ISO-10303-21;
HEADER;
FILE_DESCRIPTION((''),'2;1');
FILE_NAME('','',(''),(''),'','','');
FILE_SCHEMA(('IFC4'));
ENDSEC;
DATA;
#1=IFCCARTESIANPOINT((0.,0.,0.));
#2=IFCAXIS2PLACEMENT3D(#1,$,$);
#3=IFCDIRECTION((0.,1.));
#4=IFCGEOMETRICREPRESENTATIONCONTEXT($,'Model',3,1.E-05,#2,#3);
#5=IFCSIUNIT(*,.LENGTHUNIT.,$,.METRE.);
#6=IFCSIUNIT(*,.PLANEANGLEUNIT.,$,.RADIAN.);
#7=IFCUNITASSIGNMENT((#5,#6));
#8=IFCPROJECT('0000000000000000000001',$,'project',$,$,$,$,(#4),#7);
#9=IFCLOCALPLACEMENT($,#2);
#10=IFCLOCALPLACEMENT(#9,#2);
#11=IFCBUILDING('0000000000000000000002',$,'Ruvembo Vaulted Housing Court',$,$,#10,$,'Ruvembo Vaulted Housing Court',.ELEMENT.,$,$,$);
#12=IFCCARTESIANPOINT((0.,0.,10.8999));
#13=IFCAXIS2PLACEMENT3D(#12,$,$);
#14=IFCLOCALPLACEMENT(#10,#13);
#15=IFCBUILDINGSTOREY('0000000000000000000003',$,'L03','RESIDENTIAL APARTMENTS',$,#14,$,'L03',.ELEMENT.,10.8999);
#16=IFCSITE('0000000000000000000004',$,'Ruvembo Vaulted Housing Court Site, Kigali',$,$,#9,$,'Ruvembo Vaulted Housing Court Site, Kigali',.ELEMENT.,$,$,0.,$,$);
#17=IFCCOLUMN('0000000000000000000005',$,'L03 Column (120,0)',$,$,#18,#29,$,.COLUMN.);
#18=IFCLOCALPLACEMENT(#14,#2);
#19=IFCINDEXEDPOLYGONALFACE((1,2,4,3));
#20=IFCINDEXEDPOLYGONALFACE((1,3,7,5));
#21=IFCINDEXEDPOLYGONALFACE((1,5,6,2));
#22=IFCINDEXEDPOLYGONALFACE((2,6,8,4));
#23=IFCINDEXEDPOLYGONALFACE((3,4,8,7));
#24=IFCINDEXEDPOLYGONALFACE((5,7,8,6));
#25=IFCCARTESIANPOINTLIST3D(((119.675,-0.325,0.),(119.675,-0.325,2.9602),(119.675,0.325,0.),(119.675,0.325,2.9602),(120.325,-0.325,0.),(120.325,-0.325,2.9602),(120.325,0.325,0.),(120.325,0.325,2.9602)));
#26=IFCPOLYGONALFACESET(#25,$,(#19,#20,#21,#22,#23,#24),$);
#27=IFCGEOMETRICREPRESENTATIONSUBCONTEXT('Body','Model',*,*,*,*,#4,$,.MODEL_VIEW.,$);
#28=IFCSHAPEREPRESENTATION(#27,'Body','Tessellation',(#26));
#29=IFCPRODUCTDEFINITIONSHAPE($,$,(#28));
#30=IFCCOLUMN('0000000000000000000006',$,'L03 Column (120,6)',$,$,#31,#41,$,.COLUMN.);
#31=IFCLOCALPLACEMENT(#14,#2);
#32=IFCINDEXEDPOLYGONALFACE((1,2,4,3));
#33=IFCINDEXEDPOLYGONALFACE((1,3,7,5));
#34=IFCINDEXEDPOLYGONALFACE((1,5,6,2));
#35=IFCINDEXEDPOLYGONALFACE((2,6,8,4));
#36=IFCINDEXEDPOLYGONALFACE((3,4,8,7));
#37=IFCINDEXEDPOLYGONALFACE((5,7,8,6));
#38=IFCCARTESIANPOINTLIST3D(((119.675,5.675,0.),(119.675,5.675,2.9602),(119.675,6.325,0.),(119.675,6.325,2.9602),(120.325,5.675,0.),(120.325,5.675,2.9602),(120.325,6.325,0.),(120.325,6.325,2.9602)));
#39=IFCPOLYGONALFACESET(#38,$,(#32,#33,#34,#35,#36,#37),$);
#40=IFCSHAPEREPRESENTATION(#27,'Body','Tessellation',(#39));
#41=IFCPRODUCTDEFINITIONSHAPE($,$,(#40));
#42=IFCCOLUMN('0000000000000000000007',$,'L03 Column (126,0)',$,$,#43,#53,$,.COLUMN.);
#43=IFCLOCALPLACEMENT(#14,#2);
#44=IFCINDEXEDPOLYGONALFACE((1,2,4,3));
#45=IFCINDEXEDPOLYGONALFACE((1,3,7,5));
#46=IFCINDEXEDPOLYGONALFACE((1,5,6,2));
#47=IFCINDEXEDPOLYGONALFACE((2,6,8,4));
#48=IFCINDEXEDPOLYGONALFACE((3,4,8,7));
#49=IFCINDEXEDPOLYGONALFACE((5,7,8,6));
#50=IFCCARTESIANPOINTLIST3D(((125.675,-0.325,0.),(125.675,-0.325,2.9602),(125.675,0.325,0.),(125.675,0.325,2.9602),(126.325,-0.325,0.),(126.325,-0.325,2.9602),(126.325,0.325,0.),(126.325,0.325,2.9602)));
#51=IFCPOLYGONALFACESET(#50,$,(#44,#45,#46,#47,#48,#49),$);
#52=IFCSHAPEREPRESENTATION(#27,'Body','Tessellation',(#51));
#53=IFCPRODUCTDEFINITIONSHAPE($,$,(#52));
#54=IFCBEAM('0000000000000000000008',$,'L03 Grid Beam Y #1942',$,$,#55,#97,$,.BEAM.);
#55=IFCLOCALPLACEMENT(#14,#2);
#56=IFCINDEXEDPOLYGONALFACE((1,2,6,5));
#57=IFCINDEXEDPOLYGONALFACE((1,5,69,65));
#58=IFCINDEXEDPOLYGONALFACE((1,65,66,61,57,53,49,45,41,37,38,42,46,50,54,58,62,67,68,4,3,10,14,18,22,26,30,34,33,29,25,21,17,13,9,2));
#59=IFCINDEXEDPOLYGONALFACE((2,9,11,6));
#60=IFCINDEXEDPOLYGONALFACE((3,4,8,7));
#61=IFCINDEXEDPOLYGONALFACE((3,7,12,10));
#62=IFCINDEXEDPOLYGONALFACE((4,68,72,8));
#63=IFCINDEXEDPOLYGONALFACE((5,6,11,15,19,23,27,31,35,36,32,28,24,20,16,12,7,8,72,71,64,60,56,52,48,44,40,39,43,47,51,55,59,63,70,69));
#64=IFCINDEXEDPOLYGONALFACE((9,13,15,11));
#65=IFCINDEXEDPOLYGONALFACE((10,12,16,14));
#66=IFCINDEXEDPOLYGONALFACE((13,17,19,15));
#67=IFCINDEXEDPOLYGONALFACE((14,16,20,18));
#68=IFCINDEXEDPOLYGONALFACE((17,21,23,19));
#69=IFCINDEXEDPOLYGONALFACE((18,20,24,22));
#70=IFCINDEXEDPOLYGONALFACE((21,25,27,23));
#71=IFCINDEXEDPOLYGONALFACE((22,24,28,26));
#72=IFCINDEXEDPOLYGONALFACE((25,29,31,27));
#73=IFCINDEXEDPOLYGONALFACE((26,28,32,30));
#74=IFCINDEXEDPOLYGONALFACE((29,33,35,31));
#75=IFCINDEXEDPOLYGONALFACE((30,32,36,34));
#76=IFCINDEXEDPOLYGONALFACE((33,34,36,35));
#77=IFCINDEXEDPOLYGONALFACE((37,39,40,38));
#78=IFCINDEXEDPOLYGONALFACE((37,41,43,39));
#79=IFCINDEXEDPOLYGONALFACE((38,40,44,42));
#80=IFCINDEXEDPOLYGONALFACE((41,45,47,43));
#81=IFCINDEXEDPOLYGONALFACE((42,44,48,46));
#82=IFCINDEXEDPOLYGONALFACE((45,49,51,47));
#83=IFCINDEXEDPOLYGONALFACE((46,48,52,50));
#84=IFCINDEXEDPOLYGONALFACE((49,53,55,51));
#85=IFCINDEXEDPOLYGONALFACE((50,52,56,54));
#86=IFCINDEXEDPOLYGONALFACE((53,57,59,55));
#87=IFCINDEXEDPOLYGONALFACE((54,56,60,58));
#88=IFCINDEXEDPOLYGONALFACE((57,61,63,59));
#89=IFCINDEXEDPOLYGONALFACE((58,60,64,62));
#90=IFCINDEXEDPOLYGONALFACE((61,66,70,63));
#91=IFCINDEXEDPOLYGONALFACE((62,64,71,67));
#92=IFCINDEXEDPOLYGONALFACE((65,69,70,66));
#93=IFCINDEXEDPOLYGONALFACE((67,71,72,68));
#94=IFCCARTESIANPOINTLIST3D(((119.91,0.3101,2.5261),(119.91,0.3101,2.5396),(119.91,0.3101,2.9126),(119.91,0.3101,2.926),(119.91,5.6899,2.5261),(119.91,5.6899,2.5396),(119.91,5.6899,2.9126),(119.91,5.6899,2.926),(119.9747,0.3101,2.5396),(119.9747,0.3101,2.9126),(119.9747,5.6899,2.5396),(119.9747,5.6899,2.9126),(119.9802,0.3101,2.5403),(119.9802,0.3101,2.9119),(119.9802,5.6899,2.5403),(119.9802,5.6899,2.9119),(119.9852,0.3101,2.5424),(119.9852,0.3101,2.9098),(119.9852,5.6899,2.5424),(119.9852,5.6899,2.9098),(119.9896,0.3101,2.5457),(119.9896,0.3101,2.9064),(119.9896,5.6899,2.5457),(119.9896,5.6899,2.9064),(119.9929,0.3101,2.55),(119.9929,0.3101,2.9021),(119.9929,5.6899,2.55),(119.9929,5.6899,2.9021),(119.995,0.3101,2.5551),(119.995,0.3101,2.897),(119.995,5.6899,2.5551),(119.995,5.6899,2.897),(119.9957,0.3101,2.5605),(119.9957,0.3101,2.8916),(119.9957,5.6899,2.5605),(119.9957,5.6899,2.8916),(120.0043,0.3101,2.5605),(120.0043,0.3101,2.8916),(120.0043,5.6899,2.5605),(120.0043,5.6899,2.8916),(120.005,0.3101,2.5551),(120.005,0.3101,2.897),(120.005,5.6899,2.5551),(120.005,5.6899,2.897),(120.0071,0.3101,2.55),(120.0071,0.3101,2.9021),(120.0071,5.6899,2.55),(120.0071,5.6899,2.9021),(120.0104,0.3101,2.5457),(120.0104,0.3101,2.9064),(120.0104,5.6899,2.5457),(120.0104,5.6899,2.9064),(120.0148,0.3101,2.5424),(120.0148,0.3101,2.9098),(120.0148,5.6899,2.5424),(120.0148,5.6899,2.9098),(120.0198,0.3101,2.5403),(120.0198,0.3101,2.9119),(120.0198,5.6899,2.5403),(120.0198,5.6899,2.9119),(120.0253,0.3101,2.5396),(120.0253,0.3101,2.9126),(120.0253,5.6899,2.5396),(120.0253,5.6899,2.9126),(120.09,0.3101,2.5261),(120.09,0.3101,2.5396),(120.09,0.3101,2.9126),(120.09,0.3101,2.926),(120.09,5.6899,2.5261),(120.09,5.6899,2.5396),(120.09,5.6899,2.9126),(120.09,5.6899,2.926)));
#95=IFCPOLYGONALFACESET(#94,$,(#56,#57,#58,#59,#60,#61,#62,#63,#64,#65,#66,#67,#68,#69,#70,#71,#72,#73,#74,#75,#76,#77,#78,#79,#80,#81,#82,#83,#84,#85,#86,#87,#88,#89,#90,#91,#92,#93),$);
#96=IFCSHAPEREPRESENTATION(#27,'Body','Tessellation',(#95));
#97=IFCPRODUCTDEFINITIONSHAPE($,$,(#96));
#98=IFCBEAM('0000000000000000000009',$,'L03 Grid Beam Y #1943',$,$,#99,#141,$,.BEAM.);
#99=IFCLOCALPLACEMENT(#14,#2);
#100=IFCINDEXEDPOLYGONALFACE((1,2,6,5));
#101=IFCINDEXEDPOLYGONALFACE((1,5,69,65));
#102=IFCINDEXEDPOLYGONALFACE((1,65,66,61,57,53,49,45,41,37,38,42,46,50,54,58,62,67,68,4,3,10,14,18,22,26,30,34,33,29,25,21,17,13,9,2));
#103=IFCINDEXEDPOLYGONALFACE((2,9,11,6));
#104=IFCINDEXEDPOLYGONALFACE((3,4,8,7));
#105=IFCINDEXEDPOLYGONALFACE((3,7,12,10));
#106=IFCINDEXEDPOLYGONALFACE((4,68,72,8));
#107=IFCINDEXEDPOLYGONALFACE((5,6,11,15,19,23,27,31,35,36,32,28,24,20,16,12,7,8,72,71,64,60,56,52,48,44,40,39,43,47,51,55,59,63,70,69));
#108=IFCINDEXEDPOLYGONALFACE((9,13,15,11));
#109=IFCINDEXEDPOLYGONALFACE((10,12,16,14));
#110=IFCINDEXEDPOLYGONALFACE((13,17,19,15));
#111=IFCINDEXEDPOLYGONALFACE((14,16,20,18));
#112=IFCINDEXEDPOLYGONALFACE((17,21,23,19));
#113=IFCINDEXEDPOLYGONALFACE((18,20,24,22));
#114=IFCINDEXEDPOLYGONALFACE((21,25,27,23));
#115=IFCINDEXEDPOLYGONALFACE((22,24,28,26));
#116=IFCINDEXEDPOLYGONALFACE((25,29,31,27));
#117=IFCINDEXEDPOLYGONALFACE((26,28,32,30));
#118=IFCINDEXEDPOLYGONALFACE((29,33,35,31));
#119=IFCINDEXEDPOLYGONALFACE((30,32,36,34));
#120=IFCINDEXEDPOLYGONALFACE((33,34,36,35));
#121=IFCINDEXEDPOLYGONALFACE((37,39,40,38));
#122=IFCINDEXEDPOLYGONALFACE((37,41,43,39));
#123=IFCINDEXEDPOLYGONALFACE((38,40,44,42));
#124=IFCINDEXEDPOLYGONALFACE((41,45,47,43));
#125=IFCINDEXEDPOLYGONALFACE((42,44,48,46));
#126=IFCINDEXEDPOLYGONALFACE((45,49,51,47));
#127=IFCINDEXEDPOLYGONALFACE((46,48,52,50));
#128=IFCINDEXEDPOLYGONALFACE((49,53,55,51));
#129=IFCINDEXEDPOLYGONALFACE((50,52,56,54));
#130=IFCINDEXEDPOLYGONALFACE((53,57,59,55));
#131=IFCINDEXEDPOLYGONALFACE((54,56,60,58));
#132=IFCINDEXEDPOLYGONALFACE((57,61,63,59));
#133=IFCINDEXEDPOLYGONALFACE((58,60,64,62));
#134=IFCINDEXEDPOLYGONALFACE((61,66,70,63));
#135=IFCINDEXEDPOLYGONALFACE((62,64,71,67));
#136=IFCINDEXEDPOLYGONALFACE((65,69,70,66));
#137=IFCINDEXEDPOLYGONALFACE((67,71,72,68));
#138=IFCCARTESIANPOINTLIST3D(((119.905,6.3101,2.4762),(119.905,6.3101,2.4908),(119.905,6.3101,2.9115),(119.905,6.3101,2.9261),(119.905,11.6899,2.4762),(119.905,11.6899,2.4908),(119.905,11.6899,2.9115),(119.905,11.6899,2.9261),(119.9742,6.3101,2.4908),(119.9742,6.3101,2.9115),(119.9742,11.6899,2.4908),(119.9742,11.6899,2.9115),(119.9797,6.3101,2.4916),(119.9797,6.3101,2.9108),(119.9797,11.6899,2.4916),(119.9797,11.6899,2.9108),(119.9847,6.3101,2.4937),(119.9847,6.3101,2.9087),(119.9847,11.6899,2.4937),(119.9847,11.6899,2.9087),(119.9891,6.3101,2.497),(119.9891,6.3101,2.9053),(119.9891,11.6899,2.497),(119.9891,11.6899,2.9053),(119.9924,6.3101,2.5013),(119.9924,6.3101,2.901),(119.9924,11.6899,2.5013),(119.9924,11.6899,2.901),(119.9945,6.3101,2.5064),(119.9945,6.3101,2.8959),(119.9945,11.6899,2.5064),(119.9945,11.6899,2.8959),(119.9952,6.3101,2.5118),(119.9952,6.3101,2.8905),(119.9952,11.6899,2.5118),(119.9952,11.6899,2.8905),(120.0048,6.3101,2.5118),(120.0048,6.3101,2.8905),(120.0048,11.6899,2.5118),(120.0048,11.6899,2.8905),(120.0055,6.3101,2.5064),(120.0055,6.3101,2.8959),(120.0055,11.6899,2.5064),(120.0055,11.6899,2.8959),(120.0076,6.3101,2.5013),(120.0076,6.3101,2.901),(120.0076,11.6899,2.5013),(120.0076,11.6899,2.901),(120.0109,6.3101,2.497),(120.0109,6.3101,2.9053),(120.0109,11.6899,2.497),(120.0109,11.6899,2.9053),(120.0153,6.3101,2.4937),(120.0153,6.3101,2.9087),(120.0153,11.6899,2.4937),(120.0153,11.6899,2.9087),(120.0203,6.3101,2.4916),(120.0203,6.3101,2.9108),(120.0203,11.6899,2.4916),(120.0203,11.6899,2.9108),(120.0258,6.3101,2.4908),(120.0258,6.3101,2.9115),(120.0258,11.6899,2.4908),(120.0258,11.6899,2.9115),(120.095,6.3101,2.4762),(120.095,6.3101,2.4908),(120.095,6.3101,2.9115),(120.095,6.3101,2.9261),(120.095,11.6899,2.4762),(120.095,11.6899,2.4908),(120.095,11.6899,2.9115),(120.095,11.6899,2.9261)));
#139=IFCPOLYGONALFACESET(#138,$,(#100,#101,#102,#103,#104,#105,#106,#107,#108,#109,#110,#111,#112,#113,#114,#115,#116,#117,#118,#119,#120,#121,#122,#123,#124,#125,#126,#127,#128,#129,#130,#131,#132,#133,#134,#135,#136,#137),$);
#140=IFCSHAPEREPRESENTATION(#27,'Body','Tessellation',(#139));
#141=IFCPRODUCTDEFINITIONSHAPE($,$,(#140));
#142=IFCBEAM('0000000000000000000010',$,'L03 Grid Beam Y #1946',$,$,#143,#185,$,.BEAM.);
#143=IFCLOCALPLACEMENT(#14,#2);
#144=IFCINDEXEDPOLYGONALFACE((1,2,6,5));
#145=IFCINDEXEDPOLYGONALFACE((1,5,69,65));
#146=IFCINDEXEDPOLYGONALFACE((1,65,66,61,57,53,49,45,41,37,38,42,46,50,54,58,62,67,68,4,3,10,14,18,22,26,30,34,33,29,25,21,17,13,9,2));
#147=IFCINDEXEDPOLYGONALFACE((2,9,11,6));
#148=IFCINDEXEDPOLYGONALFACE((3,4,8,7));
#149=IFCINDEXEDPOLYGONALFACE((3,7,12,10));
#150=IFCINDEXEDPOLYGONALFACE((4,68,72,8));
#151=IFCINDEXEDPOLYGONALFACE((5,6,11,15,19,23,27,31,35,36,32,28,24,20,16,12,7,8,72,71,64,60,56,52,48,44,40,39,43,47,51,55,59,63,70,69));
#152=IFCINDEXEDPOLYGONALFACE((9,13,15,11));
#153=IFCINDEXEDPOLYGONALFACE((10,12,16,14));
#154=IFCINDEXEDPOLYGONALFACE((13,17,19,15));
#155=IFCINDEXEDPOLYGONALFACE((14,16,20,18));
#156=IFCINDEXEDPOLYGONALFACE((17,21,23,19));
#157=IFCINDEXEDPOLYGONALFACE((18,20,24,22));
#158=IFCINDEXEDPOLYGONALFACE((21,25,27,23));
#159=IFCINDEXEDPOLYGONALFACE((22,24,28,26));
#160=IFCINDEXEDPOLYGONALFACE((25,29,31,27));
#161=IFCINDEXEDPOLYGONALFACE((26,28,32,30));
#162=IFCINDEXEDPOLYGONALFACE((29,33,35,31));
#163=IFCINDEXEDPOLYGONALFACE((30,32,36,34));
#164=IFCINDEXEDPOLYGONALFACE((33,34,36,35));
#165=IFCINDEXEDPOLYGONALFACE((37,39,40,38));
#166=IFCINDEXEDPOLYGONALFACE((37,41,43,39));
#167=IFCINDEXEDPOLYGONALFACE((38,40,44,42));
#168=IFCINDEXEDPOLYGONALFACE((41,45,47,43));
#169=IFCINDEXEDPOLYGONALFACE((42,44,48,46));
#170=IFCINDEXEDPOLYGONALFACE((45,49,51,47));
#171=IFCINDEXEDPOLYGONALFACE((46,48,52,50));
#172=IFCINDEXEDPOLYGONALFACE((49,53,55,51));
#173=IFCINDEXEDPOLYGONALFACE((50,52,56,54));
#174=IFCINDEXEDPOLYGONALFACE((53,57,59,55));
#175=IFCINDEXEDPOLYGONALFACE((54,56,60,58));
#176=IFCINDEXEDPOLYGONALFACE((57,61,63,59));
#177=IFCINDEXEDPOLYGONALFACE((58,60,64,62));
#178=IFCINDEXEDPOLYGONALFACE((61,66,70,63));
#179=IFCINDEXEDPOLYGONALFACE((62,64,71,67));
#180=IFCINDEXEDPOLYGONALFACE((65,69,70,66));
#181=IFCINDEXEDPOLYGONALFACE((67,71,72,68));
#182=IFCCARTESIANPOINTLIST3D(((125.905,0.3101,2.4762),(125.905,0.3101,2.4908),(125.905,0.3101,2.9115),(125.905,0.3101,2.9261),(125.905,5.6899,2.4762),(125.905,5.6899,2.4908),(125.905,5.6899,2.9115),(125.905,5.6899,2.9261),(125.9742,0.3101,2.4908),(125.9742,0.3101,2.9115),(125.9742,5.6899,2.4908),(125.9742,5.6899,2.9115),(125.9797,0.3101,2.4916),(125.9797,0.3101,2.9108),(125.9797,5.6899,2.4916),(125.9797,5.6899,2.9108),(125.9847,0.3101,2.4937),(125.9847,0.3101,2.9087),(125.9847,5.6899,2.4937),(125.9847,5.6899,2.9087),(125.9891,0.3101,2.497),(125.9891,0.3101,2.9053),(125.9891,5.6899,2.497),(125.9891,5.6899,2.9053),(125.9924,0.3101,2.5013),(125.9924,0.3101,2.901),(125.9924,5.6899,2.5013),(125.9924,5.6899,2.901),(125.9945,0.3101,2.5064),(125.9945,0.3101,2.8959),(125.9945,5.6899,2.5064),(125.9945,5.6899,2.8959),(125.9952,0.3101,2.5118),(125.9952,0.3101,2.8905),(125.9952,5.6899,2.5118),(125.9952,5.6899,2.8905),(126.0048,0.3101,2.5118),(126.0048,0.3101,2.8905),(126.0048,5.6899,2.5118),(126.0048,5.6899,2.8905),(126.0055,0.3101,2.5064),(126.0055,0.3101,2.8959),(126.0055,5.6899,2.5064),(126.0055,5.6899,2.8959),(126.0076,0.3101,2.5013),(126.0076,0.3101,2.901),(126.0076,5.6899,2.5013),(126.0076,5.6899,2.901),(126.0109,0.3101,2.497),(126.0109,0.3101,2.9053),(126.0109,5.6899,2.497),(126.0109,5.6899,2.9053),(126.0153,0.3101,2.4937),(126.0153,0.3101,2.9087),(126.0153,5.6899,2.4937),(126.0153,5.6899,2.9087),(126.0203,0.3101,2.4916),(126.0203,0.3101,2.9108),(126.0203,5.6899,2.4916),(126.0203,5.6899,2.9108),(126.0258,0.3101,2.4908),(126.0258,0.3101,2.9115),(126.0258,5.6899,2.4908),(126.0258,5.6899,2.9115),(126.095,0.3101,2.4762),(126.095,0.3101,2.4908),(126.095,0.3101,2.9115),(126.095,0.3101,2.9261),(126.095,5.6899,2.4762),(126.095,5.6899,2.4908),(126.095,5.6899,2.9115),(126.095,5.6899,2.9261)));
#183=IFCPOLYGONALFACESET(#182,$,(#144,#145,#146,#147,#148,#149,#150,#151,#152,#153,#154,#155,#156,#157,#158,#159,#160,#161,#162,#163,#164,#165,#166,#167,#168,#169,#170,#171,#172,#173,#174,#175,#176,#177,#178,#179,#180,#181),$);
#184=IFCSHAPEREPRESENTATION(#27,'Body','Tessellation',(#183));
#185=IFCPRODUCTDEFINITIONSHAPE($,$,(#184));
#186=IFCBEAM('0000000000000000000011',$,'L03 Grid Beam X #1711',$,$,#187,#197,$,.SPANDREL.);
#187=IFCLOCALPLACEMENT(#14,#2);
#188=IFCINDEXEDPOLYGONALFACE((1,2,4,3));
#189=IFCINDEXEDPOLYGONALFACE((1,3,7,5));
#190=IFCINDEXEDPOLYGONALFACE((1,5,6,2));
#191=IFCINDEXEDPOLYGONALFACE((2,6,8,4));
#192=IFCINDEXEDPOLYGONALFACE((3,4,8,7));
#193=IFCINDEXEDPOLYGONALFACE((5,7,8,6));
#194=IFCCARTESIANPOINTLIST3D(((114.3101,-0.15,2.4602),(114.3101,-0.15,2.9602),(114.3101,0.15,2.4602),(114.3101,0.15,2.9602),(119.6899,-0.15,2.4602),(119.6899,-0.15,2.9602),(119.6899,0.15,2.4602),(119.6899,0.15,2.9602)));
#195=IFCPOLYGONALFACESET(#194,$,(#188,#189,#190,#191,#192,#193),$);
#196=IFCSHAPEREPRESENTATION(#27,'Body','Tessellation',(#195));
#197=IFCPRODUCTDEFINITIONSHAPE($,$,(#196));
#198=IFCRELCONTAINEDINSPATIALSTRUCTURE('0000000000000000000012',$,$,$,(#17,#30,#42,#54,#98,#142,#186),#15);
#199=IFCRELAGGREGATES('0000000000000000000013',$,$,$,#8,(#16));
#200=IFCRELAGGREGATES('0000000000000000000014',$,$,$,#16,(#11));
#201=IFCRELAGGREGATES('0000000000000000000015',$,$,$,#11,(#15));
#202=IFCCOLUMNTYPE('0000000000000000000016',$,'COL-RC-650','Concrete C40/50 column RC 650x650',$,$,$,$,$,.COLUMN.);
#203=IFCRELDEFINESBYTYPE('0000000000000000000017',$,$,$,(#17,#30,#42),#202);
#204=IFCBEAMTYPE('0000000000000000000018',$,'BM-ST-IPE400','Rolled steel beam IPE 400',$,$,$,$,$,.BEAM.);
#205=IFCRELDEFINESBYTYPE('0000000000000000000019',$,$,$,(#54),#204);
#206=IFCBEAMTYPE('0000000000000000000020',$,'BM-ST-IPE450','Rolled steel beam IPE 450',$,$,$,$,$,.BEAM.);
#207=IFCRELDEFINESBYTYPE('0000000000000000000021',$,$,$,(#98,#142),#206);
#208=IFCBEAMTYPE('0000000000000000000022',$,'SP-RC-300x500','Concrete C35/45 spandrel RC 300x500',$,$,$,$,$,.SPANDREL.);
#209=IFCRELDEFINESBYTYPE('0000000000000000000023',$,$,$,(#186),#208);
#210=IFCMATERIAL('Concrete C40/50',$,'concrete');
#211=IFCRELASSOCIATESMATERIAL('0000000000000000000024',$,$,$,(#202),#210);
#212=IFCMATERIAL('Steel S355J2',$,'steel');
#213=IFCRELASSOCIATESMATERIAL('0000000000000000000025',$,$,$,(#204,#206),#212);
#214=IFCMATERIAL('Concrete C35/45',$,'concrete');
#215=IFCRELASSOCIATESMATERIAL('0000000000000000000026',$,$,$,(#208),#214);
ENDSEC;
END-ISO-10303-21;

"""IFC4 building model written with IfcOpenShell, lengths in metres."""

from ifc_helpers import new_model, si_unit, direction, frame, origin, origin_2d, place, context, subcontext, project, spatial, rectangle, i_section, extrude, material, material_profile, profile_set, type_object, element, save


model = new_model("IFC4")

# Units and contexts
model_context = context("Model", 3, precision=1e-05, world=origin(), true_north=direction((0.0, 1.0)))
body_context = subcontext(model_context, "Body", "Model", "MODEL_VIEW")
ifc_project = project(units=[si_unit("LENGTHUNIT", "METRE"), si_unit("PLANEANGLEUNIT", "RADIAN")], contexts=[model_context])

# Site, building, storey
site_placement = place(None, origin())
site = spatial("IfcSite", under=ifc_project, at=site_placement, Name="Ruvembo Vaulted Housing Court Site, Kigali", LongName="Ruvembo Vaulted Housing Court Site, Kigali", CompositionType="ELEMENT", RefElevation=0.0)
building_placement = place(site_placement, origin())
building = spatial("IfcBuilding", under=site, at=building_placement, Name="Ruvembo Vaulted Housing Court", LongName="Ruvembo Vaulted Housing Court", CompositionType="ELEMENT")
storey_placement = place(building_placement, frame((0.0, 0.0, 10.8999)))
storey = spatial("IfcBuildingStorey", under=building, at=storey_placement, Name="L03", Description="RESIDENTIAL APARTMENTS", LongName="L03", CompositionType="ELEMENT", Elevation=10.8999)

# Columns
ifc_material_1 = material(Name="Concrete C40/50", Category="concrete")
ifc_material_profile_1 = material_profile(ifc_material_1, rectangle(XDim=0.6499, YDim=0.6499, at=origin_2d()), Name="RC 650x650")
ifc_profile_set_1 = profile_set([ifc_material_profile_1], Name="Concrete C40/50")
column_type = type_object("IfcColumnType", Name="COL-RC-650", Description="Concrete C40/50 column RC 650x650", PredefinedType="COLUMN", material=ifc_profile_set_1)
for number, where, z_axis, x_axis, name in (
    (1, (120.0, 0.0, 0.0), (0.0, 0.0, 1.0), (1.0, 0.0, 0.0), "L03 Column (120,0)"),
    (2, (120.0, 6.0, 0.0), (0.0, 0.0, 1.0), (1.0, 0.0, 0.0), "L03 Column (120,6)"),
    (3, (126.0, 0.0, 0.0), (0.0, 0.0, 1.0), (1.0, 0.0, 0.0), "L03 Column (126,0)"),
):
    element("IfcColumn", number, at=place(storey_placement, frame(where, z_axis=z_axis, x_axis=x_axis)), inside=storey, type_object=column_type, Name=name, PredefinedType="COLUMN", context=body_context, shape_type="SweptSolid", body=[
        extrude(rectangle(XDim=0.6499, YDim=0.6499, at=origin_2d()), origin(), (0.0, 0.0, 1.0), 2.9602),
    ])

# Beams
ifc_material_2 = material(Name="Steel S355J2", Category="steel")
ifc_material_profile_2 = material_profile(ifc_material_2, i_section(OverallWidth=0.1799, OverallDepth=0.3999, WebThickness=0.0085, FlangeThickness=0.0134, FilletRadius=0.021, at=origin_2d()), Name="IPE 400")
ifc_profile_set_2 = profile_set([ifc_material_profile_2], Name="Steel S355J2")
beam_type_1 = type_object("IfcBeamType", Name="BM-ST-IPE400", Description="Rolled steel beam IPE 400", PredefinedType="BEAM", material=ifc_profile_set_2)
beam_placement = place(storey_placement, frame((120.0, 0.3101, 2.7261), z_axis=(0.0, 1.0, 0.0), x_axis=(-1.0, 0.0, 0.0)))
element("IfcBeam", 4, at=beam_placement, inside=storey, type_object=beam_type_1, Name="L03 Grid Beam Y #1942", PredefinedType="BEAM", context=body_context, shape_type="SweptSolid", body=[
    extrude(i_section(OverallWidth=0.1799, OverallDepth=0.3999, WebThickness=0.0085, FlangeThickness=0.0134, FilletRadius=0.021, at=origin_2d()), origin(), (0.0, 0.0, 1.0), 5.3799),
])
ifc_material_profile_3 = material_profile(ifc_material_2, i_section(OverallWidth=0.1899, OverallDepth=0.45, WebThickness=0.0095, FlangeThickness=0.0146, FilletRadius=0.021, at=origin_2d()), Name="IPE 450")
ifc_profile_set_3 = profile_set([ifc_material_profile_3], Name="Steel S355J2")
beam_type_2 = type_object("IfcBeamType", Name="BM-ST-IPE450", Description="Rolled steel beam IPE 450", PredefinedType="BEAM", material=ifc_profile_set_3)
for number, where, z_axis, x_axis, name in (
    (5, (120.0, 6.3101, 2.7012), (0.0, 1.0, 0.0), (-1.0, 0.0, 0.0), "L03 Grid Beam Y #1943"),
    (6, (126.0, 0.3101, 2.7012), (0.0, 1.0, 0.0), (-1.0, 0.0, 0.0), "L03 Grid Beam Y #1946"),
):
    element("IfcBeam", number, at=place(storey_placement, frame(where, z_axis=z_axis, x_axis=x_axis)), inside=storey, type_object=beam_type_2, Name=name, PredefinedType="BEAM", context=body_context, shape_type="SweptSolid", body=[
        extrude(i_section(OverallWidth=0.1899, OverallDepth=0.45, WebThickness=0.0095, FlangeThickness=0.0146, FilletRadius=0.021, at=origin_2d()), origin(), (0.0, 0.0, 1.0), 5.3799),
    ])
ifc_material_3 = material(Name="Concrete C35/45", Category="concrete")
ifc_material_profile_4 = material_profile(ifc_material_3, rectangle(XDim=0.3, YDim=0.5, at=origin_2d()), Name="RC 300x500")
ifc_profile_set_4 = profile_set([ifc_material_profile_4], Name="Concrete C35/45")
beam_type_3 = type_object("IfcBeamType", Name="SP-RC-300x500", Description="Concrete C35/45 spandrel RC 300x500", PredefinedType="SPANDREL", material=ifc_profile_set_4)
for number, where, z_axis, x_axis, name in (
    (7, (114.3101, 0.0, 2.7102), (1.0, 0.0, 0.0), (0.0, 1.0, 0.0), "L03 Grid Beam X #1711"),
):
    element("IfcBeam", number, at=place(storey_placement, frame(where, z_axis=z_axis, x_axis=x_axis)), inside=storey, type_object=beam_type_3, Name=name, PredefinedType="SPANDREL", context=body_context, shape_type="SweptSolid", body=[
        extrude(rectangle(XDim=0.3, YDim=0.5, at=origin_2d()), origin(), (0.0, 0.0, 1.0), 5.3799),
    ])

save(model, "model.ifc")
